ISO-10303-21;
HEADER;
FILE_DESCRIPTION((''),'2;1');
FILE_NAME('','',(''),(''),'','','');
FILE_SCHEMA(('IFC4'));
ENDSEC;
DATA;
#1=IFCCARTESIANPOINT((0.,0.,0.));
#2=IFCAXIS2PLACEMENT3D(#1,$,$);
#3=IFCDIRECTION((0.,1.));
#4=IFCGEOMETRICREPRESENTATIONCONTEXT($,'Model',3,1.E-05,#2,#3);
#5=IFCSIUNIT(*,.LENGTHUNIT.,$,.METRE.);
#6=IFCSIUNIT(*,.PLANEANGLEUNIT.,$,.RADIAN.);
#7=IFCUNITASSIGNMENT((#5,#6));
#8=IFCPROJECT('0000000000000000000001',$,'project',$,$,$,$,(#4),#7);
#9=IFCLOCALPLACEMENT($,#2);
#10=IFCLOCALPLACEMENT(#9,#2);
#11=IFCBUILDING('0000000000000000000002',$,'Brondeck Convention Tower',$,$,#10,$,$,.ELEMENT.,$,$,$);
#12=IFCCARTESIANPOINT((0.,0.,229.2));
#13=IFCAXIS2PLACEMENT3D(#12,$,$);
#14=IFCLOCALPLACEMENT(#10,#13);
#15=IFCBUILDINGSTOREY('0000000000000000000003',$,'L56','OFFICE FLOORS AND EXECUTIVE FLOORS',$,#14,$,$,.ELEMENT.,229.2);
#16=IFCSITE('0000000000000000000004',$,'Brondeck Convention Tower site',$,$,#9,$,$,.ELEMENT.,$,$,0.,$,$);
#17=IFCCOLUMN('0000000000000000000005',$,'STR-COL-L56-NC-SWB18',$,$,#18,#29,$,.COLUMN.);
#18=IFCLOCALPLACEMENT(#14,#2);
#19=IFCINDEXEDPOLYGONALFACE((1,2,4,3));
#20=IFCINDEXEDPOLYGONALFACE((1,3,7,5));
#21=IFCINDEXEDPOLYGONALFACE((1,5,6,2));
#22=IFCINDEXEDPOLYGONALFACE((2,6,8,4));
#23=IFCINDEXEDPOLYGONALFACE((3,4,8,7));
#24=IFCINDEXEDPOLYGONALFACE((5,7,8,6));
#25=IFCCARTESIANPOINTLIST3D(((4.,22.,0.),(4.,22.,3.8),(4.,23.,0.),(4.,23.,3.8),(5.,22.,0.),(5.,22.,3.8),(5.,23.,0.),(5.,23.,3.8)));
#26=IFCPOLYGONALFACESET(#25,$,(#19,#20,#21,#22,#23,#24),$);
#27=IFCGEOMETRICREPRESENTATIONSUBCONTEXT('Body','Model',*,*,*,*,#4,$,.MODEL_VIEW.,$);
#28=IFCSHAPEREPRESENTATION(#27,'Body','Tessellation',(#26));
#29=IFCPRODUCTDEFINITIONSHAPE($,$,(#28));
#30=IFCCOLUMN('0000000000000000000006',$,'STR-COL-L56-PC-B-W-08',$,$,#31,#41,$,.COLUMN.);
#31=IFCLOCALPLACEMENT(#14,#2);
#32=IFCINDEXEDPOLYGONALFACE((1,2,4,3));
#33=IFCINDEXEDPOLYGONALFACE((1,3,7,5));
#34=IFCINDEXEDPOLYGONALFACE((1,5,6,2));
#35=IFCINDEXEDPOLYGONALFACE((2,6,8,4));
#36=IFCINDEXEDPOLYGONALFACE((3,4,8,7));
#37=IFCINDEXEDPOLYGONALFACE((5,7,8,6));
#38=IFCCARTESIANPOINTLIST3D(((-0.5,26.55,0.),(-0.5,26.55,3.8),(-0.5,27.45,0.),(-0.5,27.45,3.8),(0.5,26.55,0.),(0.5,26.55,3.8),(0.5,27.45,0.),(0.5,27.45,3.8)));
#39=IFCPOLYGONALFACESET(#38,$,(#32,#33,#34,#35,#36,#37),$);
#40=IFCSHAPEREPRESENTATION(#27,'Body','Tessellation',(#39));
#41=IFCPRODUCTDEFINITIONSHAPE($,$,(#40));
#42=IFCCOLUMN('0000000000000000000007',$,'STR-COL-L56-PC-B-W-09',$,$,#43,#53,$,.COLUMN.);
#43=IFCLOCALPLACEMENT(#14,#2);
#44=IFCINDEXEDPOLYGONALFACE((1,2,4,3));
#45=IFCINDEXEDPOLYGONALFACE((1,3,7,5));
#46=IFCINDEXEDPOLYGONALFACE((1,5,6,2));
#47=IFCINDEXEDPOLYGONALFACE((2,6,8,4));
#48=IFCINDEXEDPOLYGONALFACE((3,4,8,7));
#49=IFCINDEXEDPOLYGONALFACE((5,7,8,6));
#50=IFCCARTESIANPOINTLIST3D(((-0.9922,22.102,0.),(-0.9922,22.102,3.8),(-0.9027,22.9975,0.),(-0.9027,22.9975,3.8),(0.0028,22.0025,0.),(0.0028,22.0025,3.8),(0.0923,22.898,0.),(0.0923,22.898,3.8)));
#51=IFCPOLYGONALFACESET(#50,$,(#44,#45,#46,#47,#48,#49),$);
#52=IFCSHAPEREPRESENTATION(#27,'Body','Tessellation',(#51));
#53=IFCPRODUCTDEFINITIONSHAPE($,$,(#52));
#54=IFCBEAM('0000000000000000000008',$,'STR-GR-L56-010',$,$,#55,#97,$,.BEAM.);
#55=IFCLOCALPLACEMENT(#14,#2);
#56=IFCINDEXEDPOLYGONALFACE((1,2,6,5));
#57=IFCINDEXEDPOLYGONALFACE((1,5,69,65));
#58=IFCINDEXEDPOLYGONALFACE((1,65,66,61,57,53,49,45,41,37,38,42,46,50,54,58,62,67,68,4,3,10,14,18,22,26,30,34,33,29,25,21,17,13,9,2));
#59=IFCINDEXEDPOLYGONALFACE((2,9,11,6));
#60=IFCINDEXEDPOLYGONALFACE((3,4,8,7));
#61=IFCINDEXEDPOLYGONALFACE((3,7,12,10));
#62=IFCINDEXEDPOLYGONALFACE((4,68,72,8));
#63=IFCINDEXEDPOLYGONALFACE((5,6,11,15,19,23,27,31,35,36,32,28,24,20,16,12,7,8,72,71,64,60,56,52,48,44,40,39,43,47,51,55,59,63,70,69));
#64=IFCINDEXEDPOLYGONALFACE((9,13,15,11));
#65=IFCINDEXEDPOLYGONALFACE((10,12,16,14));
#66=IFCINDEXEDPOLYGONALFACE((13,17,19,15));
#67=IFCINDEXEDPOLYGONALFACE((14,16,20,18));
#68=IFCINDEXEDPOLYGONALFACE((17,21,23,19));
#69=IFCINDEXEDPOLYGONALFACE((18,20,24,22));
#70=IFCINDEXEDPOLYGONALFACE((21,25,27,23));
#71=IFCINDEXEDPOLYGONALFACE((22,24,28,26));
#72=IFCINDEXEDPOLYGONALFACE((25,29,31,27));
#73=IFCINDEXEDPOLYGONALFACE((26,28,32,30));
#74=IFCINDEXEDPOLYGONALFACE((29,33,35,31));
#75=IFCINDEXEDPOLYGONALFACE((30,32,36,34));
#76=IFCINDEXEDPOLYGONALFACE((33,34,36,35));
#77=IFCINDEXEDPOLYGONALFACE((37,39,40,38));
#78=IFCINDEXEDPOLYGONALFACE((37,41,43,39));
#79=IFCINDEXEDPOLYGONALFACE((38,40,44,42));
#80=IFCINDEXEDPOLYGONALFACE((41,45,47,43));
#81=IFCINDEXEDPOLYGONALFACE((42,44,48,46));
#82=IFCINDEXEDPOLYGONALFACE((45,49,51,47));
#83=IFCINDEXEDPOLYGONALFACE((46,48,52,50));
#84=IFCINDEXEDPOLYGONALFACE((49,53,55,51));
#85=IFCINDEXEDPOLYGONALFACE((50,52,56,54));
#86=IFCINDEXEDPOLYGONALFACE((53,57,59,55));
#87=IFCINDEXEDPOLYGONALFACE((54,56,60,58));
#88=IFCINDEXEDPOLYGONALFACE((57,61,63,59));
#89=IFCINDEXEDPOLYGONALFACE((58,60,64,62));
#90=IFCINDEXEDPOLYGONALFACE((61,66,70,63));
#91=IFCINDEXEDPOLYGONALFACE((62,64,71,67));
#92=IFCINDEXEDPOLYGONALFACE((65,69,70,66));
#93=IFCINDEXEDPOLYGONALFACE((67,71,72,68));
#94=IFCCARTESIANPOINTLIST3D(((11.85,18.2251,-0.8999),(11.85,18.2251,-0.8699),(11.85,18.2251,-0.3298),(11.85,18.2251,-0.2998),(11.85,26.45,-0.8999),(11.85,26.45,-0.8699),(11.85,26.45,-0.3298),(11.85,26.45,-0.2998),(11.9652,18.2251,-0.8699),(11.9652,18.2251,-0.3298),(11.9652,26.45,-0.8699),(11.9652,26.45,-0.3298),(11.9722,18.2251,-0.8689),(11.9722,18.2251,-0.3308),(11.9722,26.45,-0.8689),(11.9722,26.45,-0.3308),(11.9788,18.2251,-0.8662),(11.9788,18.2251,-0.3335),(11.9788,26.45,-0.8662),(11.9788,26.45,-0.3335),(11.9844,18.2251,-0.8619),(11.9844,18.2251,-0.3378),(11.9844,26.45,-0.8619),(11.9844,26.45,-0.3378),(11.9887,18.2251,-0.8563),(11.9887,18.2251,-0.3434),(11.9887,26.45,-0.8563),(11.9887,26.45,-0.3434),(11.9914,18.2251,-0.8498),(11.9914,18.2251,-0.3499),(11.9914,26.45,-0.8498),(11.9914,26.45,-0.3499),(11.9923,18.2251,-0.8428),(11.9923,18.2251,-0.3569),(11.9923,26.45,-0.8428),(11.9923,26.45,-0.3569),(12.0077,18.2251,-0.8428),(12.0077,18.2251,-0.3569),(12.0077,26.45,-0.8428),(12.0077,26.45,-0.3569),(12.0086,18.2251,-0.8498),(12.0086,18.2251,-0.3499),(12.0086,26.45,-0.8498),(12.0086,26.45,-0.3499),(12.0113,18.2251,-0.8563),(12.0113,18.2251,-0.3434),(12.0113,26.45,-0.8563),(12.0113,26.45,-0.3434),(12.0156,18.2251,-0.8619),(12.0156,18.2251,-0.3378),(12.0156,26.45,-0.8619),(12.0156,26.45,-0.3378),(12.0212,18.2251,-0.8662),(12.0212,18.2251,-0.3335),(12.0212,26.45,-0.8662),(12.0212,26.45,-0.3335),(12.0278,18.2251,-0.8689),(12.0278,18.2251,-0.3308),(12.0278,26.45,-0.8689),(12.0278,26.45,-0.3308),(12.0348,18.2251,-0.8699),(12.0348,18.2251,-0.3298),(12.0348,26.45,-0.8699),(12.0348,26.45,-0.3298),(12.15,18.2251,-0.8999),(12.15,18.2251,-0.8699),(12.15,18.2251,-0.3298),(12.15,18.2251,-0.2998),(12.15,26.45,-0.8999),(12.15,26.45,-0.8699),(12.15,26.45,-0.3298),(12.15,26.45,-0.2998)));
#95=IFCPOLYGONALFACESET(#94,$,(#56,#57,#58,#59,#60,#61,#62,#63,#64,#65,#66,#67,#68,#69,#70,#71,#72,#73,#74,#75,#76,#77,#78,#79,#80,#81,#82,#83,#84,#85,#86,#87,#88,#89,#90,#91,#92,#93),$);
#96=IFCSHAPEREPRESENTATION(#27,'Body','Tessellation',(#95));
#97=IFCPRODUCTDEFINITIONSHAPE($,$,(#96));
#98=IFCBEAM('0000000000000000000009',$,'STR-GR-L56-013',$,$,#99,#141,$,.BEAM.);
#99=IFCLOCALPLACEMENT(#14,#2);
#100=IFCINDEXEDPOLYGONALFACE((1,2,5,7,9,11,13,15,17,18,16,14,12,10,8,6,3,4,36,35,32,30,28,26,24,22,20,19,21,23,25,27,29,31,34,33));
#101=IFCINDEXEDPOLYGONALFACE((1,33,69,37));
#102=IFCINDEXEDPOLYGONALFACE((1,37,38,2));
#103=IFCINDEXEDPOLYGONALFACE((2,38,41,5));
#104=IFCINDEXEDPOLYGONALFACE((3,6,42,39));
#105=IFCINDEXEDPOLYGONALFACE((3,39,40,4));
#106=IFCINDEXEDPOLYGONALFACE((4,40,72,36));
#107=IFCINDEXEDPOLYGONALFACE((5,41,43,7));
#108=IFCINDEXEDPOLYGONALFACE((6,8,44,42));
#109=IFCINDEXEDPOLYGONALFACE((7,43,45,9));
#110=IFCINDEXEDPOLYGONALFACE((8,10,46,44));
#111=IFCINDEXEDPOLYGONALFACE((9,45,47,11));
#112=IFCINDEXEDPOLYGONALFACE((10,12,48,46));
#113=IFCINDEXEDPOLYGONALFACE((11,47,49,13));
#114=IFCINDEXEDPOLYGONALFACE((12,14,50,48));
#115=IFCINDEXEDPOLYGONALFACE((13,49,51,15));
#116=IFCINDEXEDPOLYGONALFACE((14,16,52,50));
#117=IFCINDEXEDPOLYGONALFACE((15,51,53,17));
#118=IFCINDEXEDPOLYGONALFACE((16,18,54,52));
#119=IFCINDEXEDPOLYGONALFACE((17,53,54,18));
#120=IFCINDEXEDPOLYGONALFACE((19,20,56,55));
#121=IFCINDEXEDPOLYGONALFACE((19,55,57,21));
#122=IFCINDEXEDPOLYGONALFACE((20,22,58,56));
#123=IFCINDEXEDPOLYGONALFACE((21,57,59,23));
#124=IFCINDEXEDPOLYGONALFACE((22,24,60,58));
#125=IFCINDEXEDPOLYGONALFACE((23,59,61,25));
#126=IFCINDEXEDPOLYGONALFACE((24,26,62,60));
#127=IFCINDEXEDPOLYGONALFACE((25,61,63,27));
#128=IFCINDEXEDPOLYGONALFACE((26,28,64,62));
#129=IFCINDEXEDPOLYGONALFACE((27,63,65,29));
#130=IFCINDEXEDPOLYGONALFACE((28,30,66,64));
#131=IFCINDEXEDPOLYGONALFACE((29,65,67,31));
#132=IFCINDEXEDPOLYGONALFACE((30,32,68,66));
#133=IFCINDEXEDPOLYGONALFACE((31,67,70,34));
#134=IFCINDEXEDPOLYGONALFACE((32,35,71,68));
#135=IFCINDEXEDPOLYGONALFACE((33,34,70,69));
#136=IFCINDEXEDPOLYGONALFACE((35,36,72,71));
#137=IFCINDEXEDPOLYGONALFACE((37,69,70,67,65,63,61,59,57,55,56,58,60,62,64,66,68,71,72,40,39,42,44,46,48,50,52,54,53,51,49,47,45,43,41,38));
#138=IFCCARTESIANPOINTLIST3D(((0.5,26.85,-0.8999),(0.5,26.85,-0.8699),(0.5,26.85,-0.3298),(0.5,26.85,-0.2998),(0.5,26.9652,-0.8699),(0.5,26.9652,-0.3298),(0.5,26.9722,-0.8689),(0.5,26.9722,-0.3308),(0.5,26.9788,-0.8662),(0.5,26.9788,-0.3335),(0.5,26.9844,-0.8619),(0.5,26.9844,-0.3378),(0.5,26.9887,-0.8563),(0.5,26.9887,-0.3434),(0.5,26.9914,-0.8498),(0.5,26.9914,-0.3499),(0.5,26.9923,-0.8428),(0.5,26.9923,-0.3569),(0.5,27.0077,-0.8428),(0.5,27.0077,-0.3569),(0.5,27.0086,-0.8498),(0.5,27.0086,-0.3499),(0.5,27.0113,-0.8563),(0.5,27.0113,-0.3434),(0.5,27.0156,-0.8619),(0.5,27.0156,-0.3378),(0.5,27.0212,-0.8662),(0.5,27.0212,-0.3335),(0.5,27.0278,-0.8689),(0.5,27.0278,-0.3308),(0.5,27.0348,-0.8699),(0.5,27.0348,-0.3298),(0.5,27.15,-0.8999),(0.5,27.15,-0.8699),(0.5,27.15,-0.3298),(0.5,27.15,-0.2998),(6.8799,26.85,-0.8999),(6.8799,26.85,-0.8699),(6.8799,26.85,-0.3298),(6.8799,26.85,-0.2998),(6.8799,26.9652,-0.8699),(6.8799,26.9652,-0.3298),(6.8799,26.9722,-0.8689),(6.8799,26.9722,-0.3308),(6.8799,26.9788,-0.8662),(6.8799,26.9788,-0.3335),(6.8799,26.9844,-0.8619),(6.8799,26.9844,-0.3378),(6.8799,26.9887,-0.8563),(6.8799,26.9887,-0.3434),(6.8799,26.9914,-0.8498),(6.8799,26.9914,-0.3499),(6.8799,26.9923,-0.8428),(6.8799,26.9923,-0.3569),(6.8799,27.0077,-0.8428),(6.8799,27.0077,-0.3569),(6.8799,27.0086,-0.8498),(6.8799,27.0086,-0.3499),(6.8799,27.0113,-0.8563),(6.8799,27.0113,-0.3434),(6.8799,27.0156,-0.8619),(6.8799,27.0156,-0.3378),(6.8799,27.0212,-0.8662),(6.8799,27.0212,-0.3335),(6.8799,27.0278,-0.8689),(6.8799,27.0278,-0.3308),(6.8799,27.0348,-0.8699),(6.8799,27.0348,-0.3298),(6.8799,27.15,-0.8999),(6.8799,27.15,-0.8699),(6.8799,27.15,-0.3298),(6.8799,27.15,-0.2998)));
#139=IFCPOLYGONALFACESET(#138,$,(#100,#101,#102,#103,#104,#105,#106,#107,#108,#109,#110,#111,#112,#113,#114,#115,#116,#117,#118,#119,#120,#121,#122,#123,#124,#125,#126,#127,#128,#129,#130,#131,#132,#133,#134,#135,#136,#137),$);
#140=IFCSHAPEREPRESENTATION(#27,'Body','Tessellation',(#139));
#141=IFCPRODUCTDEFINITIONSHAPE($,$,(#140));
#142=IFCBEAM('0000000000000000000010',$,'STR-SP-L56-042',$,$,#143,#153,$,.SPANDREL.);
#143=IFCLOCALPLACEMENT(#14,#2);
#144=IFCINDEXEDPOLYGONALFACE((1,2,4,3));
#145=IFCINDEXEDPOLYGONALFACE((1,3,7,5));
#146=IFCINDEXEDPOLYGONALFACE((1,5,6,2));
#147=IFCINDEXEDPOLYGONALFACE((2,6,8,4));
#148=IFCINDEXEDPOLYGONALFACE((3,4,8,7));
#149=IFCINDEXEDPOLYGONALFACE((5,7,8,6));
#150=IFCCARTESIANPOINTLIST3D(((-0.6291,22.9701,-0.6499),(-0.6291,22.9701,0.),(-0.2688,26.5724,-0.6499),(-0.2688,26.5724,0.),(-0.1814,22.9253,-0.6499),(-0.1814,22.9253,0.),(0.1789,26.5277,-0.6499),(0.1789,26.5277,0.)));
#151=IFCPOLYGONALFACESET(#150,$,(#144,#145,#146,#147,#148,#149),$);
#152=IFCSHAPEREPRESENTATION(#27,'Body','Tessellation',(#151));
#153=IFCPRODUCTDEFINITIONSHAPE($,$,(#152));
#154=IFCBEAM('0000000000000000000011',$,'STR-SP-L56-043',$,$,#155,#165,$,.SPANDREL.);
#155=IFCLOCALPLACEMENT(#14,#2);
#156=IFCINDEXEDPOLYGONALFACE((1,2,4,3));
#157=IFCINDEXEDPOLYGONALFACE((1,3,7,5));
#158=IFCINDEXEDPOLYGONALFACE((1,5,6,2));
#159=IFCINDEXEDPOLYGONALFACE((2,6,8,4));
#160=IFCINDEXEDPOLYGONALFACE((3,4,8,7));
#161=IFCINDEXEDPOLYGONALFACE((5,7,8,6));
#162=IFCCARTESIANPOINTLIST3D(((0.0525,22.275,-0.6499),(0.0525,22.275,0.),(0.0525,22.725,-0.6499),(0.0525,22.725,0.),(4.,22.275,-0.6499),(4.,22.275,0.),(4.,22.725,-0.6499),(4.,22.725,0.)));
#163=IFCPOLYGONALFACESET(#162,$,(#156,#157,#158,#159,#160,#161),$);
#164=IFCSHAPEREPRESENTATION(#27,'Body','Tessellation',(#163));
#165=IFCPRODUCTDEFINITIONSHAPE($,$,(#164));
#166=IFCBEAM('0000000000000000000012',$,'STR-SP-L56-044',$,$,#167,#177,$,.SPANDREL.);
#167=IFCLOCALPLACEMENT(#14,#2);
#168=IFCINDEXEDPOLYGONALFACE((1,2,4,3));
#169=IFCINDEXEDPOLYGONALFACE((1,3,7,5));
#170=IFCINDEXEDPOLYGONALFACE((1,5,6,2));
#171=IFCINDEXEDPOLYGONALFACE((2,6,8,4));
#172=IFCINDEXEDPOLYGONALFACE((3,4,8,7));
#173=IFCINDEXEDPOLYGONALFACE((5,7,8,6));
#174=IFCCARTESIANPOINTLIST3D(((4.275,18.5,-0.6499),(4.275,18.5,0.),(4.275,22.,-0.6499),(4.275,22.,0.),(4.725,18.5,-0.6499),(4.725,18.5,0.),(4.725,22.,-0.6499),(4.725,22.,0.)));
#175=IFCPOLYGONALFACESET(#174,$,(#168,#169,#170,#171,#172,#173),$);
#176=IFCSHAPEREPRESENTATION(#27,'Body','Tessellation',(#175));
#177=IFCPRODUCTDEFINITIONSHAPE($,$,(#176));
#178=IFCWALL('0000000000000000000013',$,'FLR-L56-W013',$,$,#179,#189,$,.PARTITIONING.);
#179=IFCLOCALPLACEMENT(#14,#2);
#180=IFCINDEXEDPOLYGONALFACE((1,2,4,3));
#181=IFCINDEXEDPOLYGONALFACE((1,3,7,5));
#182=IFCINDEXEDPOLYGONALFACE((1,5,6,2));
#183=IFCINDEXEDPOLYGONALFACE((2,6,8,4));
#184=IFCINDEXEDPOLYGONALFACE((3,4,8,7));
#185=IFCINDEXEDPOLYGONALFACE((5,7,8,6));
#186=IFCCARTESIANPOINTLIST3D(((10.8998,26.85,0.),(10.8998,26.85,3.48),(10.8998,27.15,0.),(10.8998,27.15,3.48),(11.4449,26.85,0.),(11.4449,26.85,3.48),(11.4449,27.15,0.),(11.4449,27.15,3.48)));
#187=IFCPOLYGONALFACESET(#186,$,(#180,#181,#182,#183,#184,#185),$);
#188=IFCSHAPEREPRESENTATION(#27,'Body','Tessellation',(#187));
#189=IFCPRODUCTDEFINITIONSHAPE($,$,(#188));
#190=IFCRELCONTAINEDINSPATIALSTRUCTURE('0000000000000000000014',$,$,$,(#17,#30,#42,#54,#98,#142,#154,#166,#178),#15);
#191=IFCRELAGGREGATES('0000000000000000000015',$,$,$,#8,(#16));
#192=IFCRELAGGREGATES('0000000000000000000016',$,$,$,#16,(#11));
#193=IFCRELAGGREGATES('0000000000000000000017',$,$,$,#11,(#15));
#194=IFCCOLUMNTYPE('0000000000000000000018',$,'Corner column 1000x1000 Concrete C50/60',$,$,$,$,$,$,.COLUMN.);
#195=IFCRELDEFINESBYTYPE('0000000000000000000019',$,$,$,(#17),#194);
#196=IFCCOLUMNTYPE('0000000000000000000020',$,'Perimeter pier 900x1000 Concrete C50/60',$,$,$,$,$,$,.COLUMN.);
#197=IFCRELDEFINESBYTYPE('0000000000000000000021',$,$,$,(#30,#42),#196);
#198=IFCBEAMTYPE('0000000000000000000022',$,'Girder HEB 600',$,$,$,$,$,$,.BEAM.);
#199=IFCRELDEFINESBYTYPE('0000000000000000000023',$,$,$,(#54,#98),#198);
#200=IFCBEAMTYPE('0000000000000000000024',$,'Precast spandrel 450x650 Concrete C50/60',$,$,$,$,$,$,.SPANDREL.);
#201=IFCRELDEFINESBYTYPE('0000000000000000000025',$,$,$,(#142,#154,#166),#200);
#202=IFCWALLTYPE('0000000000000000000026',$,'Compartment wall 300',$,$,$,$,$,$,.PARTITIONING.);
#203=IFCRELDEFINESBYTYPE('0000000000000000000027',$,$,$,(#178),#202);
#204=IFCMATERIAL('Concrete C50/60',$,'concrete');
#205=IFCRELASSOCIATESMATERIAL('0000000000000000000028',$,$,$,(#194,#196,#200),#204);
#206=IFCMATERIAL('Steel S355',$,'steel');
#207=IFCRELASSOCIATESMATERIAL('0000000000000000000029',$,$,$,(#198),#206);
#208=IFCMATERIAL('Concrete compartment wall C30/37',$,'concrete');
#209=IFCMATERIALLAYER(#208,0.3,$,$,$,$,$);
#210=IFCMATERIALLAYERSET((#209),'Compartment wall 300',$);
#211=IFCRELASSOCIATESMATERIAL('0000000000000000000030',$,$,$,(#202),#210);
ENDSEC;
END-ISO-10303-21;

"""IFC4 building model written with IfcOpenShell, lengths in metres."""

from ifc_helpers import new_model, si_unit, direction, frame, frame_2d, origin, origin_2d, place, context, subcontext, project, spatial, rectangle, i_section, extrude, material, layer, layer_set, material_profile, profile_set, type_object, element, save


model = new_model("IFC4")

# Units and contexts
model_context = context("Model", 3, precision=1e-05, world=origin(), true_north=direction((0.0, 1.0)))
body_context = subcontext(model_context, "Body", "Model", "MODEL_VIEW")
ifc_project = project(units=[si_unit("LENGTHUNIT", "METRE"), si_unit("PLANEANGLEUNIT", "RADIAN")], contexts=[model_context])

# Site, building, storey
site_placement = place(None, origin())
site = spatial("IfcSite", under=ifc_project, at=site_placement, Name="Brondeck Convention Tower site", CompositionType="ELEMENT", RefElevation=0.0)
building_placement = place(site_placement, origin())
building = spatial("IfcBuilding", under=site, at=building_placement, Name="Brondeck Convention Tower", CompositionType="ELEMENT")
storey_placement = place(building_placement, frame((0.0, 0.0, 229.2)))
storey = spatial("IfcBuildingStorey", under=building, at=storey_placement, Name="L56", Description="OFFICE FLOORS AND EXECUTIVE FLOORS", CompositionType="ELEMENT", Elevation=229.2)

# Columns
ifc_material_1 = material(Name="Concrete C50/60", Category="concrete")
ifc_material_profile_1 = material_profile(ifc_material_1, rectangle(XDim=1.0, YDim=1.0, at=origin_2d()), Name="Corner column 1000x1000 Concrete C50/60")
ifc_profile_set_1 = profile_set([ifc_material_profile_1], Name="Concrete C50/60")
column_type_1 = type_object("IfcColumnType", Name="Corner column 1000x1000 Concrete C50/60", PredefinedType="COLUMN", material=ifc_profile_set_1)
column_placement = place(storey_placement, frame((4.5, 22.5, 0.0), z_axis=(0.0, 0.0, 1.0), x_axis=(1.0, 0.0, 0.0)))
element("IfcColumn", 1, at=column_placement, inside=storey, type_object=column_type_1, Name="STR-COL-L56-NC-SWB18", PredefinedType="COLUMN", context=body_context, shape_type="SweptSolid", body=[
    extrude(rectangle(XDim=1.0, YDim=1.0, at=origin_2d()), origin(), (0.0, 0.0, 1.0), 3.8),
])
ifc_material_profile_2 = material_profile(ifc_material_1, rectangle(XDim=0.8999, YDim=1.0, at=origin_2d()), Name="Perimeter pier 900x1000 Concrete C50/60")
ifc_profile_set_2 = profile_set([ifc_material_profile_2], Name="Concrete C50/60")
column_type_2 = type_object("IfcColumnType", Name="Perimeter pier 900x1000 Concrete C50/60", PredefinedType="COLUMN", material=ifc_profile_set_2)
for number, where, z_axis, x_axis, name in (
    (2, (0.0, 27.0, 0.0), (0.0, 0.0, 1.0), (0.0, -1.0, 0.0), "STR-COL-L56-PC-B-W-08"),
    (3, (-0.45, 22.5, 0.0), (0.0, 0.0, 1.0), (-0.099504, -0.995037, 0.0), "STR-COL-L56-PC-B-W-09"),
):
    element("IfcColumn", number, at=place(storey_placement, frame(where, z_axis=z_axis, x_axis=x_axis)), inside=storey, type_object=column_type_2, Name=name, PredefinedType="COLUMN", context=body_context, shape_type="SweptSolid", body=[
        extrude(rectangle(XDim=0.8999, YDim=1.0, at=origin_2d()), origin(), (0.0, 0.0, 1.0), 3.8),
    ])

# Beams
ifc_material_2 = material(Name="Steel S355", Category="steel")
ifc_material_profile_3 = material_profile(ifc_material_2, i_section(OverallWidth=0.3, OverallDepth=0.6001, WebThickness=0.0154, FlangeThickness=0.03, FilletRadius=0.0271, at=origin_2d()), Name="HEB 600")
ifc_profile_set_3 = profile_set([ifc_material_profile_3], Name="Steel S355")
beam_type_1 = type_object("IfcBeamType", Name="Girder HEB 600", PredefinedType="BEAM", material=ifc_profile_set_3)
beam_1_placement = place(storey_placement, frame((12.0, 26.45, -0.5999), z_axis=(0.0, -1.0, 0.0), x_axis=(1.0, 0.0, 0.0)))
element("IfcBeam", 4, at=beam_1_placement, inside=storey, type_object=beam_type_1, Name="STR-GR-L56-010", PredefinedType="BEAM", context=body_context, shape_type="SweptSolid", body=[
    extrude(i_section(OverallWidth=0.3, OverallDepth=0.6001, WebThickness=0.0154, FlangeThickness=0.03, FilletRadius=0.0271, at=origin_2d()), origin(), (0.0, 0.0, 1.0), 8.2249),
])
beam_2_placement = place(storey_placement, frame((0.5, 27.0, -0.5999), z_axis=(1.0, 0.0, 0.0), x_axis=(0.0, 1.0, 0.0)))
element("IfcBeam", 5, at=beam_2_placement, inside=storey, type_object=beam_type_1, Name="STR-GR-L56-013", PredefinedType="BEAM", context=body_context, shape_type="SweptSolid", body=[
    extrude(i_section(OverallWidth=0.3, OverallDepth=0.6001, WebThickness=0.0154, FlangeThickness=0.03, FilletRadius=0.0271, at=origin_2d()), origin(), (0.0, 0.0, 1.0), 6.3799),
])
ifc_material_profile_4 = material_profile(ifc_material_1, rectangle(XDim=0.45, YDim=0.6499, at=origin_2d()), Name="Precast spandrel 450x650 Concrete C50/60")
ifc_profile_set_4 = profile_set([ifc_material_profile_4], Name="Concrete C50/60")
beam_type_2 = type_object("IfcBeamType", Name="Precast spandrel 450x650 Concrete C50/60", PredefinedType="SPANDREL", material=ifc_profile_set_4)
beam_3_placement = place(storey_placement, frame((-0.0449, 26.55, -0.325), z_axis=(-0.099537, -0.995034, 0.0), x_axis=(0.995034, -0.099537, 0.0)))
element("IfcBeam", 6, at=beam_3_placement, inside=storey, type_object=beam_type_2, Name="STR-SP-L56-042", PredefinedType="SPANDREL", context=body_context, shape_type="SweptSolid", body=[
    extrude(rectangle(XDim=0.45, YDim=0.6499, at=origin_2d()), origin(), (0.0, 0.0, 1.0), 3.6204),
])
beam_4_placement = place(storey_placement, frame((0.0525, 22.5, -0.325), z_axis=(1.0, 0.0, 0.0), x_axis=(0.0, 1.0, 0.0)))
element("IfcBeam", 7, at=beam_4_placement, inside=storey, type_object=beam_type_2, Name="STR-SP-L56-043", PredefinedType="SPANDREL", context=body_context, shape_type="SweptSolid", body=[
    extrude(rectangle(XDim=0.45, YDim=0.6499, at=origin_2d()), origin(), (0.0, 0.0, 1.0), 3.9475),
])
beam_5_placement = place(storey_placement, frame((4.5, 22.0, -0.325), z_axis=(0.0, -1.0, 0.0), x_axis=(1.0, 0.0, 0.0)))
element("IfcBeam", 8, at=beam_5_placement, inside=storey, type_object=beam_type_2, Name="STR-SP-L56-044", PredefinedType="SPANDREL", context=body_context, shape_type="SweptSolid", body=[
    extrude(rectangle(XDim=0.45, YDim=0.6499, at=origin_2d()), origin(), (0.0, 0.0, 1.0), 3.5),
])

# Wall
ifc_material_3 = material(Name="Concrete compartment wall C30/37", Category="concrete")
ifc_layer_1 = layer(ifc_material_3, 0.3)
ifc_layer_set_1 = layer_set([ifc_layer_1], Name="Compartment wall 300")
wall_type_1 = type_object("IfcWallType", Name="Compartment wall 300", PredefinedType="PARTITIONING", material=ifc_layer_set_1)
wall_1_placement = place(storey_placement, frame((10.8999, 27.0, 0.0), z_axis=(0.0, 0.0, 1.0), x_axis=(1.0, 0.0, 0.0)))
element("IfcWall", 9, at=wall_1_placement, inside=storey, type_object=wall_type_1, Name="FLR-L56-W013", PredefinedType="PARTITIONING", context=body_context, shape_type="SweptSolid", body=[
    extrude(rectangle(XDim=0.5452, YDim=0.3, at=frame_2d((0.2725, 0.0))), origin(), (0.0, 0.0, 1.0), 3.48),
])

save(model, "model.ifc")
